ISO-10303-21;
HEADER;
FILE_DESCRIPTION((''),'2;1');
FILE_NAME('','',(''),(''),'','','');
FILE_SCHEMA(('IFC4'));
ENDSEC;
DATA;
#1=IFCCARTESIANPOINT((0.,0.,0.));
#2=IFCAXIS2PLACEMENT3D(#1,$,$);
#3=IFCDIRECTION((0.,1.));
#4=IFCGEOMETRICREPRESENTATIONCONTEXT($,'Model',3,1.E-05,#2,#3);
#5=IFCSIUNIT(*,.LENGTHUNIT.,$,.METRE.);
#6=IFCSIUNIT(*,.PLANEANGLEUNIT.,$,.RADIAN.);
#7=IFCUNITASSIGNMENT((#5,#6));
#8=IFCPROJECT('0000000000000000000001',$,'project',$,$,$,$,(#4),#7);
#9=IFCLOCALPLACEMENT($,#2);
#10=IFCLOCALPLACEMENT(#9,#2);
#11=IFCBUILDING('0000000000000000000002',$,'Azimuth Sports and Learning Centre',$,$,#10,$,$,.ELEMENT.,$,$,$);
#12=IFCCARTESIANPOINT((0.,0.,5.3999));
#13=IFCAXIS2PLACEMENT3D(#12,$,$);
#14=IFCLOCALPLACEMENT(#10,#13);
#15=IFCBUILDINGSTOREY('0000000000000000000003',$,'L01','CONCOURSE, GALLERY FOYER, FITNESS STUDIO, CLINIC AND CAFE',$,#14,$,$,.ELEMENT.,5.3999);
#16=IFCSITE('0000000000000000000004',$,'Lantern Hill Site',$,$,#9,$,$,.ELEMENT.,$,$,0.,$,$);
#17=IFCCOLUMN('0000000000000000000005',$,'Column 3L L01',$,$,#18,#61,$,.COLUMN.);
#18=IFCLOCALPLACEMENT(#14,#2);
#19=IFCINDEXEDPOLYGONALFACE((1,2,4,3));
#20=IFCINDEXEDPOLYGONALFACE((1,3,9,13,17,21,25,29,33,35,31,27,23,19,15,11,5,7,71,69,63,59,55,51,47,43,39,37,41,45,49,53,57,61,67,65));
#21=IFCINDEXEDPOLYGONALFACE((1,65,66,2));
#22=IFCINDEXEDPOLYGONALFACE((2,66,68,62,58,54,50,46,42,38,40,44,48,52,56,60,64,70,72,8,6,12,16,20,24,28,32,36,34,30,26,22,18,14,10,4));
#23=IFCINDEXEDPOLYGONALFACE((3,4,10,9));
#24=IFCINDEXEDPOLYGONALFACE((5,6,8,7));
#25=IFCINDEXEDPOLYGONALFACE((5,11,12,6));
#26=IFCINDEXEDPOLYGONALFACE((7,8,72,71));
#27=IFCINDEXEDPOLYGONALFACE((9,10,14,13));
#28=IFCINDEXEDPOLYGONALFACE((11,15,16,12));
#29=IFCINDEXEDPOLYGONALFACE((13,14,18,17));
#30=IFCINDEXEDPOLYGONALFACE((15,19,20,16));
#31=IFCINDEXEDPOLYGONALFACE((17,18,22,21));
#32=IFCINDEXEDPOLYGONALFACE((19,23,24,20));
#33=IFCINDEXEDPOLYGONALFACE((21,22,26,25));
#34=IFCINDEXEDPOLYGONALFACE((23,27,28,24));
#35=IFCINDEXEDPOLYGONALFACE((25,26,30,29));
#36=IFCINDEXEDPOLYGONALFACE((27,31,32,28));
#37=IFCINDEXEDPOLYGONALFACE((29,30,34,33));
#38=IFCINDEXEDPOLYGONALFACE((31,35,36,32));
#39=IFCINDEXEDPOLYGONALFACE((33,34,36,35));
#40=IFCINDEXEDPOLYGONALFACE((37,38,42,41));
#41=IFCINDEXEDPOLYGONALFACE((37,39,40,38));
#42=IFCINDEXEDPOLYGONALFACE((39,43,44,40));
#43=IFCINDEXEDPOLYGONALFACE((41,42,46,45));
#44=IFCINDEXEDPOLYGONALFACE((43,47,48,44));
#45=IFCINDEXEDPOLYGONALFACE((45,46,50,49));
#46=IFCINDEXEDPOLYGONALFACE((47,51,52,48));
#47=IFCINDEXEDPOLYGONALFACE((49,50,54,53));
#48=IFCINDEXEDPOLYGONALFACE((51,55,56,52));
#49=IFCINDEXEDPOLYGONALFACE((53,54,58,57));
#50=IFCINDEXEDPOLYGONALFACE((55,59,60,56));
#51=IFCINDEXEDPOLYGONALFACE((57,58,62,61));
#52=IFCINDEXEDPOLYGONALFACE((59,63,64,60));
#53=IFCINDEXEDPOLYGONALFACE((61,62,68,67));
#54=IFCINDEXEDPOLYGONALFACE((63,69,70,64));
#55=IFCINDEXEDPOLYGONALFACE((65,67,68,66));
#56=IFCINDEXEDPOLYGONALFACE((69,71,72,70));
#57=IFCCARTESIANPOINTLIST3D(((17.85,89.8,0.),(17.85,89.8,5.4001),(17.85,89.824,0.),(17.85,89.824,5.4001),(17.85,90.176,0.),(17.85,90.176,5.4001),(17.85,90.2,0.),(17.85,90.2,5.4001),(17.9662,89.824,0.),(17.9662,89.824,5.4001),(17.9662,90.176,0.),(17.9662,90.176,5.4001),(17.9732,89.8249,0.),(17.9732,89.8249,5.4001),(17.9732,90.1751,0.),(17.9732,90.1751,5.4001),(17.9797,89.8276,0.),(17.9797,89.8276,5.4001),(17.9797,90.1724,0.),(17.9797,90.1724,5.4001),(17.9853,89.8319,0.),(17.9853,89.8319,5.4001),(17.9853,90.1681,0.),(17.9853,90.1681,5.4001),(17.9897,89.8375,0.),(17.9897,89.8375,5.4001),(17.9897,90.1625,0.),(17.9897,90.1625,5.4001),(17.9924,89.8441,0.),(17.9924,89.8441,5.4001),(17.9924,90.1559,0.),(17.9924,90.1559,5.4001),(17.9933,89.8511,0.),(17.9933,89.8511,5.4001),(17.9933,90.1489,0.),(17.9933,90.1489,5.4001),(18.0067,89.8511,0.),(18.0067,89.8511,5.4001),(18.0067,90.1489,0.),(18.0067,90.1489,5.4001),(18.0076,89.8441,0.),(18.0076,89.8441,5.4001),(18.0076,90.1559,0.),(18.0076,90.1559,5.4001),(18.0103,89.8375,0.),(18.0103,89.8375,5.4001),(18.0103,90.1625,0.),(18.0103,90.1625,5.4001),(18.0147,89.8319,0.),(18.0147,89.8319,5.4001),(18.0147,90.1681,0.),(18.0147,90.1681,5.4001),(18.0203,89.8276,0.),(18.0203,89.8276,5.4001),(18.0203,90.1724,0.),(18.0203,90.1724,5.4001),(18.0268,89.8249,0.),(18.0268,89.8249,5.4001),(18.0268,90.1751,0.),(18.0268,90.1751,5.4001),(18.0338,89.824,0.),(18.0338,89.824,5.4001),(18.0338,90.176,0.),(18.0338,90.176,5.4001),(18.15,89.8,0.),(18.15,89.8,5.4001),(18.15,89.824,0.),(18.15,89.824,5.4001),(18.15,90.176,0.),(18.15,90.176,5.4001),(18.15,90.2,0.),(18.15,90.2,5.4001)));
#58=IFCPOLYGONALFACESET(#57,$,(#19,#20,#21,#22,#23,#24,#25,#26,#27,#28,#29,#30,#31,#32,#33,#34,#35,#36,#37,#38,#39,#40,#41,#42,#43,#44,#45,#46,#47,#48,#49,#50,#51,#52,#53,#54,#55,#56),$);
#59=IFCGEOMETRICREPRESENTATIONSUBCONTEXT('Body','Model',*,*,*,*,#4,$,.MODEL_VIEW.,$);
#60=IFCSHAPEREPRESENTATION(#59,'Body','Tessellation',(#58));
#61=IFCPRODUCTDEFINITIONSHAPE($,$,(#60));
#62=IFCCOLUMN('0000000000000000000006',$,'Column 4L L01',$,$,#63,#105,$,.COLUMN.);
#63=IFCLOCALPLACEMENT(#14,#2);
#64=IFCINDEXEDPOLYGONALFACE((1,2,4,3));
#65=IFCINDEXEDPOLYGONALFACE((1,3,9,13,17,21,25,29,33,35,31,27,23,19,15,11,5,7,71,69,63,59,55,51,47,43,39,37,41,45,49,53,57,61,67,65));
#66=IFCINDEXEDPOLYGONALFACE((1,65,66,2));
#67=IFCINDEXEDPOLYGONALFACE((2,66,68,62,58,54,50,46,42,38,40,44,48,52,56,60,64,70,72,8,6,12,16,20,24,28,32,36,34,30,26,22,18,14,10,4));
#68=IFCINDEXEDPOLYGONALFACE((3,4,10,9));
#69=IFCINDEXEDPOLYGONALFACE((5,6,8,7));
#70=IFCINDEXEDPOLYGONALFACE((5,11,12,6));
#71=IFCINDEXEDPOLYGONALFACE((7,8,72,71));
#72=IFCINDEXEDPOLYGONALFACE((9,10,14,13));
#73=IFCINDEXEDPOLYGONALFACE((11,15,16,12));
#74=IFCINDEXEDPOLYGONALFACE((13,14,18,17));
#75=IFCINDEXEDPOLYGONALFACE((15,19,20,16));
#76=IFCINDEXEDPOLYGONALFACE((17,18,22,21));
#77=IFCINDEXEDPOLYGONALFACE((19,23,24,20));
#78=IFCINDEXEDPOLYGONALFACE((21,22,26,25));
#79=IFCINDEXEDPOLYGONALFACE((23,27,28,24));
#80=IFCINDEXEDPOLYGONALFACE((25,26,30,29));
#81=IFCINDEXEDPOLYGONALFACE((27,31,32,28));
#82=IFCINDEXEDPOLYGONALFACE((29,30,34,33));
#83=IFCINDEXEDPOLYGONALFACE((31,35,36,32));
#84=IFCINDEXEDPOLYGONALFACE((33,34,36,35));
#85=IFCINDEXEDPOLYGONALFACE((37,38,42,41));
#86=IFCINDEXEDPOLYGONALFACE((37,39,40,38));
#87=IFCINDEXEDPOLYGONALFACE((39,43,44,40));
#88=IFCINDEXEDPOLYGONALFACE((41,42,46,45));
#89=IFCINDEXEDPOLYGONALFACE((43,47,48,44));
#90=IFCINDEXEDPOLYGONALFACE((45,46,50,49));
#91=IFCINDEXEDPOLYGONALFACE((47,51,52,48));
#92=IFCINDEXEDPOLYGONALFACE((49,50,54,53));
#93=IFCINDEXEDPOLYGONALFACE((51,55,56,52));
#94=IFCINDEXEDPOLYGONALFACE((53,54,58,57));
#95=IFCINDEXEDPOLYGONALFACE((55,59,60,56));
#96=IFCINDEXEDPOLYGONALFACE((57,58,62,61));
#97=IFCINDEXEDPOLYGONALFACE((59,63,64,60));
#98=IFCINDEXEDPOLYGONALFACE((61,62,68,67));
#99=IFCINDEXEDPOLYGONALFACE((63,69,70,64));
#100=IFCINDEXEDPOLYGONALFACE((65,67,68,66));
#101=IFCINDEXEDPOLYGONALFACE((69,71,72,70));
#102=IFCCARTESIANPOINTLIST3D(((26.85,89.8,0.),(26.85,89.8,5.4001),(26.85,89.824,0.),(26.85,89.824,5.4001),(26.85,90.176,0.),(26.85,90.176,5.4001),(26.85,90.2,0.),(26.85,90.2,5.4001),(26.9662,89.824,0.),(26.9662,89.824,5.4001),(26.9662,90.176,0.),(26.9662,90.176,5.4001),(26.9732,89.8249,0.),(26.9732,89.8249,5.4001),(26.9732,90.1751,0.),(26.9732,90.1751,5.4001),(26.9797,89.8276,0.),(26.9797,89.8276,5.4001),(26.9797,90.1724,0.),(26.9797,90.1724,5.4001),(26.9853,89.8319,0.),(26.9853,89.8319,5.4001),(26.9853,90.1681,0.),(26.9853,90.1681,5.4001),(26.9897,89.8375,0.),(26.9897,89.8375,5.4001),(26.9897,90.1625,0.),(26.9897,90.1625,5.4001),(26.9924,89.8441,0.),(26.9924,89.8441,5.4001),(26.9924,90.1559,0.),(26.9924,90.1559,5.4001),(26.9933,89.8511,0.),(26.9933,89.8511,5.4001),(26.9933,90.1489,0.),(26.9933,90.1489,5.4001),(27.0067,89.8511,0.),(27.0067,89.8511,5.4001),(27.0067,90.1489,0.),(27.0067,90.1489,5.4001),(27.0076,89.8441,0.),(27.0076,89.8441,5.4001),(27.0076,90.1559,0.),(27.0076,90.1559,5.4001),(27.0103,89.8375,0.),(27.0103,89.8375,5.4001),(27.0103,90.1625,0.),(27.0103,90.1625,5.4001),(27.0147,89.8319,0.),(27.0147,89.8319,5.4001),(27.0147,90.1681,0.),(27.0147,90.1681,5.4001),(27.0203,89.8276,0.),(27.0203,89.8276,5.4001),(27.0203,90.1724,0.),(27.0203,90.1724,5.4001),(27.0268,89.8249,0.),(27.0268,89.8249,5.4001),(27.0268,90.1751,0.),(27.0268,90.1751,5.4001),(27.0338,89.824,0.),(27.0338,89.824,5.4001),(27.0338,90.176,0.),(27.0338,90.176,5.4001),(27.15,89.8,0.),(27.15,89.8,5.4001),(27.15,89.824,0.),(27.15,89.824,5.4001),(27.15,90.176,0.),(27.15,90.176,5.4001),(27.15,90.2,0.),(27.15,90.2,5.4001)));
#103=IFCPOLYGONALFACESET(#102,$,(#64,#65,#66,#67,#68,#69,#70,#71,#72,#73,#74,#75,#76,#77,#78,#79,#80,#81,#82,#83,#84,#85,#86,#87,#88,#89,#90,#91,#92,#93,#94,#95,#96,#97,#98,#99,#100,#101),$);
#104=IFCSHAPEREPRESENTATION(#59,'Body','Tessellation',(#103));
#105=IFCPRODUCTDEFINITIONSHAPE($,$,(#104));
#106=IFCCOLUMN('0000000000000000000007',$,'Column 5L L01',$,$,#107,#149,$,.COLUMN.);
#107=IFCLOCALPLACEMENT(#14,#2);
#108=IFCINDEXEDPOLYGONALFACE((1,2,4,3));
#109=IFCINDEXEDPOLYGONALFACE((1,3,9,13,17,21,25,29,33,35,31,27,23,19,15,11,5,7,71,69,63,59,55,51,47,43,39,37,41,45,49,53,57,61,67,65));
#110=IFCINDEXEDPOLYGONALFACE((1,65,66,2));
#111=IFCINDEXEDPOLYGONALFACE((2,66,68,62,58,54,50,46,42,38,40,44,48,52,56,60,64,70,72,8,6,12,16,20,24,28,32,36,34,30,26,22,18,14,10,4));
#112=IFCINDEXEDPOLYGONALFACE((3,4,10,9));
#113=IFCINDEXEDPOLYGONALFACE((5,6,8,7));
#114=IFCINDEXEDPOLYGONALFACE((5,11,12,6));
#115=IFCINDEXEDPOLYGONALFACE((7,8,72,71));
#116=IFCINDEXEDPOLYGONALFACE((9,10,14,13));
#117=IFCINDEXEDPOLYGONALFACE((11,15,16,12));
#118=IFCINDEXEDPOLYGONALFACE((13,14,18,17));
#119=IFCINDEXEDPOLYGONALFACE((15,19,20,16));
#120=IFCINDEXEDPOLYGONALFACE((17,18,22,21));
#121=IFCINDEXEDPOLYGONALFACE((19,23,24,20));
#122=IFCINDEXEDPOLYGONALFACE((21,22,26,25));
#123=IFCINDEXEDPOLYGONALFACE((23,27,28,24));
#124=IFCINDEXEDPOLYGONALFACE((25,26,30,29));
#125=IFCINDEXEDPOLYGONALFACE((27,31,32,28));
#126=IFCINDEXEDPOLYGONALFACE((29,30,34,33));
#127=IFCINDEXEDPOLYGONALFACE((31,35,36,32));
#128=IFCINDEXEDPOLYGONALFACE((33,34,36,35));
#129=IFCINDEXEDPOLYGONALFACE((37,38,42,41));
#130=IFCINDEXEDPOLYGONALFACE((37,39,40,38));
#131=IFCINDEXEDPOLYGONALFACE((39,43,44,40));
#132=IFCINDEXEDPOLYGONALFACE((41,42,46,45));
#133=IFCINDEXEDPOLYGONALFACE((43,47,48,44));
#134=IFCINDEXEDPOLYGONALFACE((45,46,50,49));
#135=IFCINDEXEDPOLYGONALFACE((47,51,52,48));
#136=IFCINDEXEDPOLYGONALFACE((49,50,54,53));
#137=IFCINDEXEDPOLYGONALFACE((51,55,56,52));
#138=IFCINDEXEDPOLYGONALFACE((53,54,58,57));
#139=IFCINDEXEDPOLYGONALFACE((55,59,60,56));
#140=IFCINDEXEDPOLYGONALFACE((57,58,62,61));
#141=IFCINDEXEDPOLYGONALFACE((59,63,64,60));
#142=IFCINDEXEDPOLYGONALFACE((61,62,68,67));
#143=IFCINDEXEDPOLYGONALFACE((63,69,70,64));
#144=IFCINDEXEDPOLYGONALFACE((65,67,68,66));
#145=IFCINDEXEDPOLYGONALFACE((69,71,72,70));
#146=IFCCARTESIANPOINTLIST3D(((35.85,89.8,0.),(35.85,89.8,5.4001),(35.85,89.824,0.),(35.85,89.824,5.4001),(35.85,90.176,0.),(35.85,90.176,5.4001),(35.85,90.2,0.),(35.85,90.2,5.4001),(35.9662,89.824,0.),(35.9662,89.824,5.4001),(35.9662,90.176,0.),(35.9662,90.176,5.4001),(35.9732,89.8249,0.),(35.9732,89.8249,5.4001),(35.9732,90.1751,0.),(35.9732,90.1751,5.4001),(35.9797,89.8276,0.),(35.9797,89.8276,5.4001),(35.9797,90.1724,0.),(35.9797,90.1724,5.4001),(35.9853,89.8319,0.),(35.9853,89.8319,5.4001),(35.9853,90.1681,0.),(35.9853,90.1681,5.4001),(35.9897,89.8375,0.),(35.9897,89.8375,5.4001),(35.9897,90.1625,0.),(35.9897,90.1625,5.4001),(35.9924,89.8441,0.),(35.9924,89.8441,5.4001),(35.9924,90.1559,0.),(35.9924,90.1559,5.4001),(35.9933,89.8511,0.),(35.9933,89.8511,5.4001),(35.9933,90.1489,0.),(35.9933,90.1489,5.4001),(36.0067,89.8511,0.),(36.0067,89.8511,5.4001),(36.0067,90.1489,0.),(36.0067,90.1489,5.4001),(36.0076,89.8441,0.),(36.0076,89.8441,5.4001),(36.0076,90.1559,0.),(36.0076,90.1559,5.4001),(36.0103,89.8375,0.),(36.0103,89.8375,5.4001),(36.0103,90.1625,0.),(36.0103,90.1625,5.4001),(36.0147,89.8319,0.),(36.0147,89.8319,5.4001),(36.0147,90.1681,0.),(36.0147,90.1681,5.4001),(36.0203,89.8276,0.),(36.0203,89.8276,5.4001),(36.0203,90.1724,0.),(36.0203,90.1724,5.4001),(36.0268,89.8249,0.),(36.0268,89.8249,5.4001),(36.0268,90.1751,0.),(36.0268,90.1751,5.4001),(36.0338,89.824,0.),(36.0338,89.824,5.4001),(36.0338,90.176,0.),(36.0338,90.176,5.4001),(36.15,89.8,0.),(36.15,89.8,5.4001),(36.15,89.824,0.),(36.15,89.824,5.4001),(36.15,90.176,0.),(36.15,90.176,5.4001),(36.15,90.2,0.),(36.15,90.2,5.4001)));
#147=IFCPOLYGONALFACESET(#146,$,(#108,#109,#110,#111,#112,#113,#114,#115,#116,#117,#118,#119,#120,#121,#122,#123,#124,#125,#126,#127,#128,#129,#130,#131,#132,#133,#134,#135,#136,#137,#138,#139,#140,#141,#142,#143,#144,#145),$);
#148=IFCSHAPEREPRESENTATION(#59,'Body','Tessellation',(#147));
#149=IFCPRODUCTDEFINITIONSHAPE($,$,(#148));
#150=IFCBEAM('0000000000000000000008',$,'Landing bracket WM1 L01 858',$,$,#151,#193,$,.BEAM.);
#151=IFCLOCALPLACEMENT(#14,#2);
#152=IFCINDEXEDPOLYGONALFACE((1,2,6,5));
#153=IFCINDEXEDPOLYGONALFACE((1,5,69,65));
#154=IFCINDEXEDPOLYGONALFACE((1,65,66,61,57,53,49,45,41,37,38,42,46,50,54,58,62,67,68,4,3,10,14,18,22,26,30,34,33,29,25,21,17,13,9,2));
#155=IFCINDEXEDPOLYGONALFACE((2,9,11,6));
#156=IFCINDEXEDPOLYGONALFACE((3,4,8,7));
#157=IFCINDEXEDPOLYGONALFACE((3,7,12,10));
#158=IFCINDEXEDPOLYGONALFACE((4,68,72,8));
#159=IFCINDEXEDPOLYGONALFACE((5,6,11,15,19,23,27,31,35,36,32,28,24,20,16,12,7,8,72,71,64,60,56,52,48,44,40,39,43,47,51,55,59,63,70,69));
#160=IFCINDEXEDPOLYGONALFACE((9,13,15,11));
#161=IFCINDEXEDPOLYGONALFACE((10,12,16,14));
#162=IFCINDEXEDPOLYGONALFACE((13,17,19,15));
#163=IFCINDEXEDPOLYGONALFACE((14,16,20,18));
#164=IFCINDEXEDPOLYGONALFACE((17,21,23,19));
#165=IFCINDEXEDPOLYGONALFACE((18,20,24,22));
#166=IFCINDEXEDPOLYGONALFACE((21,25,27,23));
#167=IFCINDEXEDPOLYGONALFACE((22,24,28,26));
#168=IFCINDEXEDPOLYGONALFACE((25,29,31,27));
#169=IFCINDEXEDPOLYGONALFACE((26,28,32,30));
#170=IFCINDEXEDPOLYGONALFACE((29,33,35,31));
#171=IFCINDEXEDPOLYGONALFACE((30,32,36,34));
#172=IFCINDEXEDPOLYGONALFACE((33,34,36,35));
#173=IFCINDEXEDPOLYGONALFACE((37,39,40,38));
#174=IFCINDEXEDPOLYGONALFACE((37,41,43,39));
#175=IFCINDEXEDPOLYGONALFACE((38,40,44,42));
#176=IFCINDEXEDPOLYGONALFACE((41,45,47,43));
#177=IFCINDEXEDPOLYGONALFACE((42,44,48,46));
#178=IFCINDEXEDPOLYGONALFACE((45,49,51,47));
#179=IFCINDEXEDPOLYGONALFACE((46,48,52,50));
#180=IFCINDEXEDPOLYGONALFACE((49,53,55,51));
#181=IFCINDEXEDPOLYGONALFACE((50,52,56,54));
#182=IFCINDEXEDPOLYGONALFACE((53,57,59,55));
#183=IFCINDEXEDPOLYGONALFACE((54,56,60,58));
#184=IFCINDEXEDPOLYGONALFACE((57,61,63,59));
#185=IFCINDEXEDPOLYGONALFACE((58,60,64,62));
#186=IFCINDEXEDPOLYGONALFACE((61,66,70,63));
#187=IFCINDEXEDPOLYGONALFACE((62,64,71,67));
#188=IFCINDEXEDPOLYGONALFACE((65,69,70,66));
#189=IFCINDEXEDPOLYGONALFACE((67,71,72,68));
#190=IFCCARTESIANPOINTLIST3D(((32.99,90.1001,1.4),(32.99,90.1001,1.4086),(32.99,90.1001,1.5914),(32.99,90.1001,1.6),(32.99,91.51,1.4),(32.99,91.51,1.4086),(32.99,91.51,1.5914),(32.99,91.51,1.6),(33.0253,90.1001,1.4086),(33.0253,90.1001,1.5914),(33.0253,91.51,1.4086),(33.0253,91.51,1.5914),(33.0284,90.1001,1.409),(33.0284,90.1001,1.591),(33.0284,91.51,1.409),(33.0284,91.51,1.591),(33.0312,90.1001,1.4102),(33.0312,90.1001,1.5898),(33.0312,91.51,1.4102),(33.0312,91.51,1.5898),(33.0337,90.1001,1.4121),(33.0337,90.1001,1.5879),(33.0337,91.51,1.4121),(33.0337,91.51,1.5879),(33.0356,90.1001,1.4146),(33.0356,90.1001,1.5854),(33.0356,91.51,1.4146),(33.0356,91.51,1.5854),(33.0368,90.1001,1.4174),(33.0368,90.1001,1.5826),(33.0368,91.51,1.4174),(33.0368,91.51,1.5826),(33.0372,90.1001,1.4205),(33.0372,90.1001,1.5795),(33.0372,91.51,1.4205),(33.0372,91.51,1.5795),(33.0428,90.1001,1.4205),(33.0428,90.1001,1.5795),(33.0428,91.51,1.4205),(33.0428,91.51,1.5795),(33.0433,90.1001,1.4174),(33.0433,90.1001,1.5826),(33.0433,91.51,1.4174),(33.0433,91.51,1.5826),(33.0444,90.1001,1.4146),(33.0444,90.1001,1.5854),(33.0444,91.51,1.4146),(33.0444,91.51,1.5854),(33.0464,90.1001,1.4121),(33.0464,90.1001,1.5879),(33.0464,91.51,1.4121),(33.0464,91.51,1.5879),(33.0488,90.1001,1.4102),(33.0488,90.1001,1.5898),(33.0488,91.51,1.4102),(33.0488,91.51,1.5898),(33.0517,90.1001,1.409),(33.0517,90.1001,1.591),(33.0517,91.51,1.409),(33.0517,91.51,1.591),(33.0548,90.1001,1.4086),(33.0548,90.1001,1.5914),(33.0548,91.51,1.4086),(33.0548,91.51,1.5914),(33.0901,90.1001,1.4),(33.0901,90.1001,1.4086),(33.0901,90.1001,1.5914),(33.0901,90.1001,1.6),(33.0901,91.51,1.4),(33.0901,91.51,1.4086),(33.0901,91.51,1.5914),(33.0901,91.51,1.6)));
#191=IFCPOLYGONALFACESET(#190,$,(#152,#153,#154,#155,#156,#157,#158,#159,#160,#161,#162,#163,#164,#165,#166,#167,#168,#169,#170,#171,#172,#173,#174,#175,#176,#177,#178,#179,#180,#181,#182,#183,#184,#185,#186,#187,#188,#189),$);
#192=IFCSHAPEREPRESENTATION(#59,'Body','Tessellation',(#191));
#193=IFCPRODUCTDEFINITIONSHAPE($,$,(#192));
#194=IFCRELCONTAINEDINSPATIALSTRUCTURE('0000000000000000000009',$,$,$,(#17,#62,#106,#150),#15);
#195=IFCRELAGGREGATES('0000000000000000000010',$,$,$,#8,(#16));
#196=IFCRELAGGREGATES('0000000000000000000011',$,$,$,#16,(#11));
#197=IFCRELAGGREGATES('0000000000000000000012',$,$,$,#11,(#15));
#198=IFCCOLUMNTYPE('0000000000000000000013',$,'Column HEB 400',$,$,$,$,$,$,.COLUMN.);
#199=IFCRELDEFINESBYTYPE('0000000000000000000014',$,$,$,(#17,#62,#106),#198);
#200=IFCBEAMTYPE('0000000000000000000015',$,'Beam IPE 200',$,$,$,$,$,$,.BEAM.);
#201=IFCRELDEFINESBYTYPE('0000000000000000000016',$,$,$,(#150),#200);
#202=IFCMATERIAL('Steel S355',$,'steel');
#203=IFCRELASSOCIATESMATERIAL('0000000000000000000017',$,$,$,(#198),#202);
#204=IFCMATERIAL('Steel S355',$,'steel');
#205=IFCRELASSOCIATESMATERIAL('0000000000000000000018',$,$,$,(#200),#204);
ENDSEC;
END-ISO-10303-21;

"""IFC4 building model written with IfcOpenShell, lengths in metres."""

from ifc_helpers import new_model, si_unit, direction, frame, origin, origin_2d, place, context, subcontext, project, spatial, i_section, extrude, material, material_profile, profile_set, type_object, element, save


model = new_model("IFC4")

# Units and contexts
model_context = context("Model", 3, precision=1e-05, world=origin(), true_north=direction((0.0, 1.0)))
body_context = subcontext(model_context, "Body", "Model", "MODEL_VIEW")
ifc_project = project(units=[si_unit("LENGTHUNIT", "METRE"), si_unit("PLANEANGLEUNIT", "RADIAN")], contexts=[model_context])

# Site, building, storey
site_placement = place(None, origin())
site = spatial("IfcSite", under=ifc_project, at=site_placement, Name="Lantern Hill Site", CompositionType="ELEMENT", RefElevation=0.0)
building_placement = place(site_placement, origin())
building = spatial("IfcBuilding", under=site, at=building_placement, Name="Azimuth Sports and Learning Centre", CompositionType="ELEMENT")
storey_placement = place(building_placement, frame((0.0, 0.0, 5.3999)))
storey = spatial("IfcBuildingStorey", under=building, at=storey_placement, Name="L01", Description="CONCOURSE, GALLERY FOYER, FITNESS STUDIO, CLINIC AND CAFE", CompositionType="ELEMENT", Elevation=5.3999)

# Columns
ifc_material_1 = material(Name="Steel S355", Category="steel")
ifc_material_profile_1 = material_profile(ifc_material_1, i_section(OverallWidth=0.3, OverallDepth=0.3999, WebThickness=0.0134, FlangeThickness=0.0239, FilletRadius=0.0271, at=origin_2d()), Name="HEB 400")
ifc_profile_set_1 = profile_set([ifc_material_profile_1], Name="Steel S355")
column_type = type_object("IfcColumnType", Name="Column HEB 400", PredefinedType="COLUMN", material=ifc_profile_set_1)
for number, where, z_axis, x_axis, name in (
    (1, (18.0, 90.0, 0.0), (0.0, 0.0, 1.0), (1.0, 0.0, 0.0), "Column 3L L01"),
    (2, (27.0, 90.0, 0.0), (0.0, 0.0, 1.0), (1.0, 0.0, 0.0), "Column 4L L01"),
    (3, (36.0, 90.0, 0.0), (0.0, 0.0, 1.0), (1.0, 0.0, 0.0), "Column 5L L01"),
):
    element("IfcColumn", number, at=place(storey_placement, frame(where, z_axis=z_axis, x_axis=x_axis)), inside=storey, type_object=column_type, Name=name, PredefinedType="COLUMN", context=body_context, shape_type="SweptSolid", body=[
        extrude(i_section(OverallWidth=0.3, OverallDepth=0.3999, WebThickness=0.0134, FlangeThickness=0.0239, FilletRadius=0.0271, at=origin_2d()), origin(), (0.0, 0.0, 1.0), 5.4001),
    ])

# Beam
ifc_material_2 = material(Name="Steel S355", Category="steel")
ifc_material_profile_2 = material_profile(ifc_material_2, i_section(OverallWidth=0.1001, OverallDepth=0.2, WebThickness=0.0056, FlangeThickness=0.0085, FilletRadius=0.012, at=origin_2d()), Name="IPE 200")
ifc_profile_set_2 = profile_set([ifc_material_profile_2], Name="Steel S355")
beam_type_1 = type_object("IfcBeamType", Name="Beam IPE 200", PredefinedType="BEAM", material=ifc_profile_set_2)
for number, where, z_axis, x_axis, name in (
    (4, (33.04, 90.1001, 1.5), (0.0, 1.0, 0.0), (-1.0, 0.0, 0.0), "Landing bracket WM1 L01 858"),
):
    element("IfcBeam", number, at=place(storey_placement, frame(where, z_axis=z_axis, x_axis=x_axis)), inside=storey, type_object=beam_type_1, Name=name, PredefinedType="BEAM", context=body_context, shape_type="SweptSolid", body=[
        extrude(i_section(OverallWidth=0.1001, OverallDepth=0.2, WebThickness=0.0056, FlangeThickness=0.0085, FilletRadius=0.012, at=origin_2d()), origin(), (0.0, 0.0, 1.0), 1.4099),
    ])

save(model, "model.ifc")
